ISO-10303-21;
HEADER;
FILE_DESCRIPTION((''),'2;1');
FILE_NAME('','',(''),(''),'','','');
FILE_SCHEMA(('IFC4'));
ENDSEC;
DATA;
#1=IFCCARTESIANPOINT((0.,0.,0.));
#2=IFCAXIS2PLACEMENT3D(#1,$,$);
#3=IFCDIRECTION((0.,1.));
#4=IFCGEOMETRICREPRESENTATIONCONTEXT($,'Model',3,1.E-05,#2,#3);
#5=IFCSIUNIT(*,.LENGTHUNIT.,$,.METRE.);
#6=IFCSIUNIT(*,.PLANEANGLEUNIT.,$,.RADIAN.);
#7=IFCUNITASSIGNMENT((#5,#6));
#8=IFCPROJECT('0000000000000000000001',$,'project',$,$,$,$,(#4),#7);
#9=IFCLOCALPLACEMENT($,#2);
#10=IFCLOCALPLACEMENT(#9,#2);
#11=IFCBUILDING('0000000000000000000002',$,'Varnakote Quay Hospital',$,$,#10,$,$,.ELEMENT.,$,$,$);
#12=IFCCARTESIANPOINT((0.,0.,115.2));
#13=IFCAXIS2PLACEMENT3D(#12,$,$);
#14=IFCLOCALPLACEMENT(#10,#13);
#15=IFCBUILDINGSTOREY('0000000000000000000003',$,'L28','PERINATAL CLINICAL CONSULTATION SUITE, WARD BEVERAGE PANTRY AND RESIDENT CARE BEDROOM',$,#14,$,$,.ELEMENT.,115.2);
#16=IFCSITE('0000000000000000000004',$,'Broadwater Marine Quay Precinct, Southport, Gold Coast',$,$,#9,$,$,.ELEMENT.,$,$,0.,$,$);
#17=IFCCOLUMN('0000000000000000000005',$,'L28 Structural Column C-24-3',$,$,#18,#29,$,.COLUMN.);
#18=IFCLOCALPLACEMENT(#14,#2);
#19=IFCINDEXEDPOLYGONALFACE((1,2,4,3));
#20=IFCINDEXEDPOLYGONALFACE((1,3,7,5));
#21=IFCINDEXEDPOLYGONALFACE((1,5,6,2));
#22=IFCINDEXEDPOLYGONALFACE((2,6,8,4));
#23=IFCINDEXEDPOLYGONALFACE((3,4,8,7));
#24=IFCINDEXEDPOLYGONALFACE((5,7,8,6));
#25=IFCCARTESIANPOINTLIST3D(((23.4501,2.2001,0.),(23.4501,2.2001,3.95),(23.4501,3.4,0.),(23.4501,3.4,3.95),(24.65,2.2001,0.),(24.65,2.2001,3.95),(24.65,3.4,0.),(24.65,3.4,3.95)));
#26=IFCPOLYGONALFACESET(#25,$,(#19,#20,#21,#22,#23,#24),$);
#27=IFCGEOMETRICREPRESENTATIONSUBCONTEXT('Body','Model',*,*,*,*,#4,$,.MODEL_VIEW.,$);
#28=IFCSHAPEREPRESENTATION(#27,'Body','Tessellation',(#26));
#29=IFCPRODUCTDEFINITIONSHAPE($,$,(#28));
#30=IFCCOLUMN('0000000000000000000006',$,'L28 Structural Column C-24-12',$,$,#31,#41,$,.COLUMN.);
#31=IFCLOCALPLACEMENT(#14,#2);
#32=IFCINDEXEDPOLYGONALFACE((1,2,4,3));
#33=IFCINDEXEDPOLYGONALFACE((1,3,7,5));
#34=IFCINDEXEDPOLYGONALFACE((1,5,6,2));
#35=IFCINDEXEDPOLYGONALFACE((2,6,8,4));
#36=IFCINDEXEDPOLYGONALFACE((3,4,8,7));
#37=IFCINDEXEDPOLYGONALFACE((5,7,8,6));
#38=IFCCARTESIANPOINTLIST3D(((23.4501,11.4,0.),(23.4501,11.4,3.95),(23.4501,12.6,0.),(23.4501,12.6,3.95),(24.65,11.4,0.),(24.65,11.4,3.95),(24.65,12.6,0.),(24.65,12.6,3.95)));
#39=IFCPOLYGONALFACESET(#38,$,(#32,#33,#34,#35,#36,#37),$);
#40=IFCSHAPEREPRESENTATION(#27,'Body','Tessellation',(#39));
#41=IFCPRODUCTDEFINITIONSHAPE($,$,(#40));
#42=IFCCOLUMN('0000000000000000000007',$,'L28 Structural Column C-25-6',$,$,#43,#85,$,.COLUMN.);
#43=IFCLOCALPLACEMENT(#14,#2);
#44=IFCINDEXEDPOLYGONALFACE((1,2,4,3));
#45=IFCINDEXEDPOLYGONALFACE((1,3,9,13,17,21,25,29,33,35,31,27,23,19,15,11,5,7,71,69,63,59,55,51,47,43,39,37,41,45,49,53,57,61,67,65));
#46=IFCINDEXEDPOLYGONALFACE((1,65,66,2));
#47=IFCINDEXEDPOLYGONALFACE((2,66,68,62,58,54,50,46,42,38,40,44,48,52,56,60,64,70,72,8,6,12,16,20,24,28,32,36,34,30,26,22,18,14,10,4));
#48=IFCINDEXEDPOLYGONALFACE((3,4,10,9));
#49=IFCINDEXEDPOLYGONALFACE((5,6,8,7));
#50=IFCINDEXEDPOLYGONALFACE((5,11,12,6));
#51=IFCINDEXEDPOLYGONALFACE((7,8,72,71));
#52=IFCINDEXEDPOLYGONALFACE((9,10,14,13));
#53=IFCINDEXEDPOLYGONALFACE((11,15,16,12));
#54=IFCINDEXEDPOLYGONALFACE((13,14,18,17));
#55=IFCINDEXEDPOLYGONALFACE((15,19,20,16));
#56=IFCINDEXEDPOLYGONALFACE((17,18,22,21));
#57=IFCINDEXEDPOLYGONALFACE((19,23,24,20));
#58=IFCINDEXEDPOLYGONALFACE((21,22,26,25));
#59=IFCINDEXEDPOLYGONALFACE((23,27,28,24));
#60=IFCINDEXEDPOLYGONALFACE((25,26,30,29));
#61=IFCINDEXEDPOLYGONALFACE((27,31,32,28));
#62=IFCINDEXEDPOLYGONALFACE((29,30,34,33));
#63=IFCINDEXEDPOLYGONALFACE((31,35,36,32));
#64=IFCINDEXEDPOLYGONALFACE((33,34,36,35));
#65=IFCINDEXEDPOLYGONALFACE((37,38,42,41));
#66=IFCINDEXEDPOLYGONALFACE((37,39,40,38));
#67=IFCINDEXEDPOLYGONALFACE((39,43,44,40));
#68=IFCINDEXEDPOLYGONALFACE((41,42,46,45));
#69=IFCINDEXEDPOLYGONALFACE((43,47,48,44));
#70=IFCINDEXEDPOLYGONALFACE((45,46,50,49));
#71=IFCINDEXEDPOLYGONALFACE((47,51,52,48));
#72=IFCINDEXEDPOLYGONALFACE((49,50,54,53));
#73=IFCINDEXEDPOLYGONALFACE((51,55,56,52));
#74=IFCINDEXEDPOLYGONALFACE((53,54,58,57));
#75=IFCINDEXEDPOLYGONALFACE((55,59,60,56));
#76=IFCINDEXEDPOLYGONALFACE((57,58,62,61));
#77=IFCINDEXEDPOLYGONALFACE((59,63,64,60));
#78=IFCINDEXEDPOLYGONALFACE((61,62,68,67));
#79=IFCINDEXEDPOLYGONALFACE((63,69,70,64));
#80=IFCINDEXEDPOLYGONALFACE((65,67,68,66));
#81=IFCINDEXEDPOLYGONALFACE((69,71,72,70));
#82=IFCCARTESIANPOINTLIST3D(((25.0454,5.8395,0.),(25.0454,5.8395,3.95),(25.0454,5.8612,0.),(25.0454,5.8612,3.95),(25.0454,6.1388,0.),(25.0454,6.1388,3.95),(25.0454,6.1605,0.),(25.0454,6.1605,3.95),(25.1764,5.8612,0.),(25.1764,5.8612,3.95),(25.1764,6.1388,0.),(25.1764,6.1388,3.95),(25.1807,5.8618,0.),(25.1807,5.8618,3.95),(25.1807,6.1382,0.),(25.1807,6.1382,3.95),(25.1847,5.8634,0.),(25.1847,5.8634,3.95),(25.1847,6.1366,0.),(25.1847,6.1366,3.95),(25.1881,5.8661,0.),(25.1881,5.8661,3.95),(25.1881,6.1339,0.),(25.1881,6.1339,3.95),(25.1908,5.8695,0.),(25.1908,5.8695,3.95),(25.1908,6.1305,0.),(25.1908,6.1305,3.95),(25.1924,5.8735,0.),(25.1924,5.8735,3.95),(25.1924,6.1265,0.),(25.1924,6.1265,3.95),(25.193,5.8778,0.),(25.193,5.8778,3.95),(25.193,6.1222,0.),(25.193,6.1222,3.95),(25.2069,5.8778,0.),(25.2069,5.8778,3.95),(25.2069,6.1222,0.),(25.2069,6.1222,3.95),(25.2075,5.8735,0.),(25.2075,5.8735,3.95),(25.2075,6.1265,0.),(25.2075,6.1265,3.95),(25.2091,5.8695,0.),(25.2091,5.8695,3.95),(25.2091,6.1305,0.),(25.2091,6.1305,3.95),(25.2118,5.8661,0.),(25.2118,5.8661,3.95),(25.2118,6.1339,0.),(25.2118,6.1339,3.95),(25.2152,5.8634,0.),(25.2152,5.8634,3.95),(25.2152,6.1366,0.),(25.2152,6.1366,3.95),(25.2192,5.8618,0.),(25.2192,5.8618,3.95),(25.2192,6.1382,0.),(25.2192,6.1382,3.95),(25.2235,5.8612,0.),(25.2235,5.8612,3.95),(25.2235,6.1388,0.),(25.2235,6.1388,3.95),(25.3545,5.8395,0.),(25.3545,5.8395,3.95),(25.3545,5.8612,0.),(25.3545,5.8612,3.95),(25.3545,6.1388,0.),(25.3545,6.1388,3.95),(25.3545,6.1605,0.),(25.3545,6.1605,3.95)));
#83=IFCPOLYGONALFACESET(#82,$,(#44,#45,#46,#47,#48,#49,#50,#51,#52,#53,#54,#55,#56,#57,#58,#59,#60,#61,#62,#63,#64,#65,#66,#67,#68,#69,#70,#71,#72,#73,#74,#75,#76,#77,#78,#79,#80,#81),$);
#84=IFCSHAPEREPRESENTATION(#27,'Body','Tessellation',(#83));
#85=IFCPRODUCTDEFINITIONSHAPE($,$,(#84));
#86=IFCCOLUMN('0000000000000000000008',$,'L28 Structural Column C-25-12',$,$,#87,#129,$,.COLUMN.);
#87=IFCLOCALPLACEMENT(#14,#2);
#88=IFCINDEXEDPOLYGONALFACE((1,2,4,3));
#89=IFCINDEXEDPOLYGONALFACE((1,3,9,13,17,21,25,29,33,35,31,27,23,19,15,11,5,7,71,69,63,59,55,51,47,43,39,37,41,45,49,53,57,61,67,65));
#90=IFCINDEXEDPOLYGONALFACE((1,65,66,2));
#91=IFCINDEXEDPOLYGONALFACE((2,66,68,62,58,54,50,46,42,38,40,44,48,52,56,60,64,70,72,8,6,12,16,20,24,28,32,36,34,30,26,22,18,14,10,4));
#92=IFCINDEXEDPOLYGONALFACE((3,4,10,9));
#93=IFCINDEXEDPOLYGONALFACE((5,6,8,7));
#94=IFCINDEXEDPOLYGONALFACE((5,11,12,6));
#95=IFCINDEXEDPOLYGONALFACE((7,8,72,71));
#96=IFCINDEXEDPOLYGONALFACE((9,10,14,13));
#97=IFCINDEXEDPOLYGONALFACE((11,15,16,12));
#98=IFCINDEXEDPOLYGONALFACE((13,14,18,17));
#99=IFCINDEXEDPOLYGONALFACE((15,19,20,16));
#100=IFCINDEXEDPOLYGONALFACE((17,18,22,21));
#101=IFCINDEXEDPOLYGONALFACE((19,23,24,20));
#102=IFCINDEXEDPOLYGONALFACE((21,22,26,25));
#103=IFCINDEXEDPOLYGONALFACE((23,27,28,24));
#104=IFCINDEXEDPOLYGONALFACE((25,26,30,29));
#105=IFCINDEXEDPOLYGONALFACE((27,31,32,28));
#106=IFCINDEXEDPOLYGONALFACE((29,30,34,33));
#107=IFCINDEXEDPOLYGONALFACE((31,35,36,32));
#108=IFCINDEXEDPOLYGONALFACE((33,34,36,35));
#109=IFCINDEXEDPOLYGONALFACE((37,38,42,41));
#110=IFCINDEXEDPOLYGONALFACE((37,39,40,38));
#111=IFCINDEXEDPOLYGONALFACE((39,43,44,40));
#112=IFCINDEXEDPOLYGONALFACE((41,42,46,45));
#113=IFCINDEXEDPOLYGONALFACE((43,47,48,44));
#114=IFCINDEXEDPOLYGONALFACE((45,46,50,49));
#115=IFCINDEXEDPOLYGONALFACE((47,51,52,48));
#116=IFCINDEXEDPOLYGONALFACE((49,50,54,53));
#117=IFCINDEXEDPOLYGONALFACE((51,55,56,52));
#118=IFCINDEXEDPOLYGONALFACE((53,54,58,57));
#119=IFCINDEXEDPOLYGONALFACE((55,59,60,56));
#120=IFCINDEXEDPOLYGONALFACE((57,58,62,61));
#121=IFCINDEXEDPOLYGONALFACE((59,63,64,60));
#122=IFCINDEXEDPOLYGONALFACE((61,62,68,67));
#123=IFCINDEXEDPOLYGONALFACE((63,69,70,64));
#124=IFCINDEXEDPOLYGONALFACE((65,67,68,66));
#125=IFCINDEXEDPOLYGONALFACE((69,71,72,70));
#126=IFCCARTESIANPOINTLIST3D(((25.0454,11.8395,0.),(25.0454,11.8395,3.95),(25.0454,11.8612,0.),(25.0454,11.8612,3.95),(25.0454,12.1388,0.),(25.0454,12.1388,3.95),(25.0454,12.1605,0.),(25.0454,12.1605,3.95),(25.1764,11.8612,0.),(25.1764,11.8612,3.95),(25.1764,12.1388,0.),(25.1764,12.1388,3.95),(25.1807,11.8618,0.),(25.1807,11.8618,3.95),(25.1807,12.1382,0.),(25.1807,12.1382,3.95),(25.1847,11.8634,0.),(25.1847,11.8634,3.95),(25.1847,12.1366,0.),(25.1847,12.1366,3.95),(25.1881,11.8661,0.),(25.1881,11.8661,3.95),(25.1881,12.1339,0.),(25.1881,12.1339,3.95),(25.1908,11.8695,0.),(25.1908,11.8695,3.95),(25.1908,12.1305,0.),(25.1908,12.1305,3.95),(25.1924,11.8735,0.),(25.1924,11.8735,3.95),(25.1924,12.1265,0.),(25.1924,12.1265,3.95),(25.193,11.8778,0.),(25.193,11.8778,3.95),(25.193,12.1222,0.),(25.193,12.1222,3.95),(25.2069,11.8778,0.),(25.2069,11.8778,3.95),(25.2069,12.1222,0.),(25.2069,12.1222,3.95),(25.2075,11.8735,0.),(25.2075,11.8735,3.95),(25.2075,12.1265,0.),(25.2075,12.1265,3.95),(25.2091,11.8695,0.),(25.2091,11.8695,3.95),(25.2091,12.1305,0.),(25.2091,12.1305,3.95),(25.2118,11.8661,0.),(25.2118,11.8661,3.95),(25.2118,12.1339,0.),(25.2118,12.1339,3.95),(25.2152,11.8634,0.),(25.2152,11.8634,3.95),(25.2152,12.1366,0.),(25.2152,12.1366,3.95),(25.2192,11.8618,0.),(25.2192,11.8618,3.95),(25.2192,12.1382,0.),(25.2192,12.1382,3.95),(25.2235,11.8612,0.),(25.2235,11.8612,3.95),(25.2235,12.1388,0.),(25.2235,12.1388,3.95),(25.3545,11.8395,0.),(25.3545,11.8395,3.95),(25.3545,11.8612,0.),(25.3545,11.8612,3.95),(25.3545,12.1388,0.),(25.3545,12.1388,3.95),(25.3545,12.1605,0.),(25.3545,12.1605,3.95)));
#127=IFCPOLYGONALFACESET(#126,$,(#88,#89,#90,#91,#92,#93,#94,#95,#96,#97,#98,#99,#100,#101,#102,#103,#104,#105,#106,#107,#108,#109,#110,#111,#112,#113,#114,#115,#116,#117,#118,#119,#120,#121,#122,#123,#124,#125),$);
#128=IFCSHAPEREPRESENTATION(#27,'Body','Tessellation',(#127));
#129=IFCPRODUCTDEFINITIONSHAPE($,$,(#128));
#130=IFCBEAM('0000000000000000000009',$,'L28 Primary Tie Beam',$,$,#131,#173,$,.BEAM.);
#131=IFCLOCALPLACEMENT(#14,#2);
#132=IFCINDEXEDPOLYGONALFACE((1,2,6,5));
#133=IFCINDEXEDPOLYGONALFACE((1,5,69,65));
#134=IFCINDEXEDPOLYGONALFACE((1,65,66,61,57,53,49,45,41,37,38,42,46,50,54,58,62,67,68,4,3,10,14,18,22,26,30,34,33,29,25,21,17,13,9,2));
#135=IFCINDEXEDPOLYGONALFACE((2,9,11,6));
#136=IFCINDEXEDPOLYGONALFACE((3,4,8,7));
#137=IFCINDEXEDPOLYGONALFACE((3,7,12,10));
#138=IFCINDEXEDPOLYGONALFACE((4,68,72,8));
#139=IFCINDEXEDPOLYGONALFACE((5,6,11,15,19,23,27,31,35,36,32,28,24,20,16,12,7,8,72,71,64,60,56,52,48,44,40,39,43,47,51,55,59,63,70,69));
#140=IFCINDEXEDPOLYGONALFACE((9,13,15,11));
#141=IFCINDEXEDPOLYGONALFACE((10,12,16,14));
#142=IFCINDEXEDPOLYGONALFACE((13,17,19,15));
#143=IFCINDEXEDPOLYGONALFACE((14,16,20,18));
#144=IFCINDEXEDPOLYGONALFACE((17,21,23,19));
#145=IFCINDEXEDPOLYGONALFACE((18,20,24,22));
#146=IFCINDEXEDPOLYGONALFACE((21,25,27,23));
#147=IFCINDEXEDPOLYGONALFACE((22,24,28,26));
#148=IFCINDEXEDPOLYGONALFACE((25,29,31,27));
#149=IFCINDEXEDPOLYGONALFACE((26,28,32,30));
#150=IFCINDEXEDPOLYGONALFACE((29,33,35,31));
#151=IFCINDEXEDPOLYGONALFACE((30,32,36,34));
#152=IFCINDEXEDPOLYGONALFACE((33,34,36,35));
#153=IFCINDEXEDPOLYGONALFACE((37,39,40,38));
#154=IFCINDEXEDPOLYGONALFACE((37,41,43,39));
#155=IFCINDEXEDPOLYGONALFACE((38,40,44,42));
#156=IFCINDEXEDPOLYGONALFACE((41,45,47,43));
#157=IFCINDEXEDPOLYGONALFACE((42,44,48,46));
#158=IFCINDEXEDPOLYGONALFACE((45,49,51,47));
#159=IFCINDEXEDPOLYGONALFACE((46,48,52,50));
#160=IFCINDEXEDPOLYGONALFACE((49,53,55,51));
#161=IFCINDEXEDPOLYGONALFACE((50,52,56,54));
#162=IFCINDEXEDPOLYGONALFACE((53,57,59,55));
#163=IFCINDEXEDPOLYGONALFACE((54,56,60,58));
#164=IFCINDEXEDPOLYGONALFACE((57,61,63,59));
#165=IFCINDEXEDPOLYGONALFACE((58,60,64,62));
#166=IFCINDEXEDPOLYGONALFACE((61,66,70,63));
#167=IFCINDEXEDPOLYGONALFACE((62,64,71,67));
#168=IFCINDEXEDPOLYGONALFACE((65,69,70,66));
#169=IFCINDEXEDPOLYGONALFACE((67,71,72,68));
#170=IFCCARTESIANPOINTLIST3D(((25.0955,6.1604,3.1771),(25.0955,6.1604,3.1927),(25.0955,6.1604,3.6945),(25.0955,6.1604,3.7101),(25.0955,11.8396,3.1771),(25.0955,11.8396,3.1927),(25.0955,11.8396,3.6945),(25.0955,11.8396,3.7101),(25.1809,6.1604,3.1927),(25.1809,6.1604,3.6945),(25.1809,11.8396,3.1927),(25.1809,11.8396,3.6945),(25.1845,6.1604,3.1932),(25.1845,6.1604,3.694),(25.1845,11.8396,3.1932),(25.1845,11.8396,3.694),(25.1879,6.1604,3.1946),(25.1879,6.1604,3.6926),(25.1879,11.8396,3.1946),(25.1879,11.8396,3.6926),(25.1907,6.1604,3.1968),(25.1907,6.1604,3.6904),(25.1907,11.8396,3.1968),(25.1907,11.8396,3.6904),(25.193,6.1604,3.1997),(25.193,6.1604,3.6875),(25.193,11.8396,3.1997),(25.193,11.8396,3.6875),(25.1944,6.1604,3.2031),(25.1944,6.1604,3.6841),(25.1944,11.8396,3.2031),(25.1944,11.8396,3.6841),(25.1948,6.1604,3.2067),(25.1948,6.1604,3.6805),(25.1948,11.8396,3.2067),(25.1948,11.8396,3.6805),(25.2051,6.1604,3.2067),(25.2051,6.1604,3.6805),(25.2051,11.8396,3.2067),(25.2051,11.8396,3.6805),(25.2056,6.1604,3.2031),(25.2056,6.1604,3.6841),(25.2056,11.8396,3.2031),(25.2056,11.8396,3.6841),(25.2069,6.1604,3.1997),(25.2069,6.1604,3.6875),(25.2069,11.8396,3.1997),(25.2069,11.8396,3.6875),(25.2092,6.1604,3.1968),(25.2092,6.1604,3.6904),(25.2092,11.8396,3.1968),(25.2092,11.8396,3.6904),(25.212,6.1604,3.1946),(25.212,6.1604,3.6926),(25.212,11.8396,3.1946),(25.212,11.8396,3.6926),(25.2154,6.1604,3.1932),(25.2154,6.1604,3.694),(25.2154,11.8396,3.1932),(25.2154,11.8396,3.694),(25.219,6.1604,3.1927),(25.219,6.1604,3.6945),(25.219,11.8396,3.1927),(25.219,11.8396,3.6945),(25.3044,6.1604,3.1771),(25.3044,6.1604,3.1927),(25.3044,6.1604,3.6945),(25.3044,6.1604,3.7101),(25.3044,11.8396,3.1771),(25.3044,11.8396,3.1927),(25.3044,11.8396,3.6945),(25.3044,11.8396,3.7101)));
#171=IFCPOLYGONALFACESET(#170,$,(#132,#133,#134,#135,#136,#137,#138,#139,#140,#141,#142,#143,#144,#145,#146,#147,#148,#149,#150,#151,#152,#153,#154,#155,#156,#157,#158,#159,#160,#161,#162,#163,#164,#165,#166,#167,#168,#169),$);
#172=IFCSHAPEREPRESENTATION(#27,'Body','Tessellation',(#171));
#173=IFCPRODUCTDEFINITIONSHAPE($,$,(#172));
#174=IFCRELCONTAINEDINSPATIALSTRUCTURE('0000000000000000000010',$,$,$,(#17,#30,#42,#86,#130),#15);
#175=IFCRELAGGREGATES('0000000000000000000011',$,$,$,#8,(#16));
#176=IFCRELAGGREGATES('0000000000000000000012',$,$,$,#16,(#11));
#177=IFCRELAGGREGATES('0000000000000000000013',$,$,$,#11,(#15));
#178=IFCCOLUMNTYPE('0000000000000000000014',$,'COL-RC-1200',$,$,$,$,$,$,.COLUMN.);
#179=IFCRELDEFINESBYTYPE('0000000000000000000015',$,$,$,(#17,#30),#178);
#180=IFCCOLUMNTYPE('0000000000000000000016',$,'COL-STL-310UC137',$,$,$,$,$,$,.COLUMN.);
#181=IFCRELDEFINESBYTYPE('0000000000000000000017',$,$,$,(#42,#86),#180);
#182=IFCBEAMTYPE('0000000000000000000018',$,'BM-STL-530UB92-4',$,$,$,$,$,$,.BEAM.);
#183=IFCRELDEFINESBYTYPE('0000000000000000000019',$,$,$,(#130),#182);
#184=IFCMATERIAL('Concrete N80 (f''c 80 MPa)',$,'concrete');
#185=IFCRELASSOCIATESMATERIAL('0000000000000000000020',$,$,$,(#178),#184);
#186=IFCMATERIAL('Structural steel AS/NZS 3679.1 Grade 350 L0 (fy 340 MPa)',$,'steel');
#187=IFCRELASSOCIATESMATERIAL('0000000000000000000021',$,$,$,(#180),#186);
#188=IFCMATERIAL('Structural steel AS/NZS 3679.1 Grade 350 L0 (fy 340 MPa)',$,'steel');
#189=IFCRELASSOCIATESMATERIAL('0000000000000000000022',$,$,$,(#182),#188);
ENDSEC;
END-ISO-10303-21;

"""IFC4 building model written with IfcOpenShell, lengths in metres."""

from ifc_helpers import new_model, si_unit, direction, frame, origin, origin_2d, place, context, subcontext, project, spatial, rectangle, i_section, extrude, material, material_profile, profile_set, type_object, element, save


model = new_model("IFC4")

# Units and contexts
model_context = context("Model", 3, precision=1e-05, world=origin(), true_north=direction((0.0, 1.0)))
body_context = subcontext(model_context, "Body", "Model", "MODEL_VIEW")
ifc_project = project(units=[si_unit("LENGTHUNIT", "METRE"), si_unit("PLANEANGLEUNIT", "RADIAN")], contexts=[model_context])

# Site, building, storey
site_placement = place(None, origin())
site = spatial("IfcSite", under=ifc_project, at=site_placement, Name="Broadwater Marine Quay Precinct, Southport, Gold Coast", CompositionType="ELEMENT", RefElevation=0.0)
building_placement = place(site_placement, origin())
building = spatial("IfcBuilding", under=site, at=building_placement, Name="Varnakote Quay Hospital", CompositionType="ELEMENT")
storey_placement = place(building_placement, frame((0.0, 0.0, 115.2)))
storey = spatial("IfcBuildingStorey", under=building, at=storey_placement, Name="L28", Description="PERINATAL CLINICAL CONSULTATION SUITE, WARD BEVERAGE PANTRY AND RESIDENT CARE BEDROOM", CompositionType="ELEMENT", Elevation=115.2)

# Columns
ifc_material_1 = material(Name="Concrete N80 (f'c 80 MPa)", Category="concrete")
ifc_material_profile_1 = material_profile(ifc_material_1, rectangle(XDim=1.2, YDim=1.2, at=origin_2d()), Name="RC-COL-1200x1200")
ifc_profile_set_1 = profile_set([ifc_material_profile_1], Name="Concrete N80 (f'c 80 MPa)")
column_type_1 = type_object("IfcColumnType", Name="COL-RC-1200", PredefinedType="COLUMN", material=ifc_profile_set_1)
for number, where, z_axis, x_axis, name in (
    (1, (24.05, 2.8, 0.0), (0.0, 0.0, 1.0), (1.0, 0.0, 0.0), "L28 Structural Column C-24-3"),
    (2, (24.05, 12.0, 0.0), (0.0, 0.0, 1.0), (1.0, 0.0, 0.0), "L28 Structural Column C-24-12"),
):
    element("IfcColumn", number, at=place(storey_placement, frame(where, z_axis=z_axis, x_axis=x_axis)), inside=storey, type_object=column_type_1, Name=name, PredefinedType="COLUMN", context=body_context, shape_type="SweptSolid", body=[
        extrude(rectangle(XDim=1.2, YDim=1.2, at=origin_2d()), origin(), (0.0, 0.0, 1.0), 3.95),
    ])
ifc_material_2 = material(Name="Structural steel AS/NZS 3679.1 Grade 350 L0 (fy 340 MPa)", Category="steel")
ifc_material_profile_2 = material_profile(ifc_material_2, i_section(OverallWidth=0.3091, OverallDepth=0.321, WebThickness=0.0139, FlangeThickness=0.0217, FilletRadius=0.0166, at=origin_2d()), Name="310UC137")
ifc_profile_set_2 = profile_set([ifc_material_profile_2], Name="Structural steel AS/NZS 3679.1 Grade 350 L0 (fy 340 MPa)")
column_type_2 = type_object("IfcColumnType", Name="COL-STL-310UC137", PredefinedType="COLUMN", material=ifc_profile_set_2)
for number, where, z_axis, x_axis, name in (
    (3, (25.2, 6.0, 0.0), (0.0, 0.0, 1.0), (1.0, 0.0, 0.0), "L28 Structural Column C-25-6"),
    (4, (25.2, 12.0, 0.0), (0.0, 0.0, 1.0), (1.0, 0.0, 0.0), "L28 Structural Column C-25-12"),
):
    element("IfcColumn", number, at=place(storey_placement, frame(where, z_axis=z_axis, x_axis=x_axis)), inside=storey, type_object=column_type_2, Name=name, PredefinedType="COLUMN", context=body_context, shape_type="SweptSolid", body=[
        extrude(i_section(OverallWidth=0.3091, OverallDepth=0.321, WebThickness=0.0139, FlangeThickness=0.0217, FilletRadius=0.0166, at=origin_2d()), origin(), (0.0, 0.0, 1.0), 3.95),
    ])

# Beam
ifc_material_3 = material(Name="Structural steel AS/NZS 3679.1 Grade 350 L0 (fy 340 MPa)", Category="steel")
ifc_material_profile_3 = material_profile(ifc_material_3, i_section(OverallWidth=0.209, OverallDepth=0.533, WebThickness=0.0103, FlangeThickness=0.0156, FilletRadius=0.0139, at=origin_2d()), Name="530UB92.4")
ifc_profile_set_3 = profile_set([ifc_material_profile_3], Name="Structural steel AS/NZS 3679.1 Grade 350 L0 (fy 340 MPa)")
beam_type_1 = type_object("IfcBeamType", Name="BM-STL-530UB92-4", PredefinedType="BEAM", material=ifc_profile_set_3)
beam_1_placement = place(storey_placement, frame((25.2, 6.1604, 3.4436), z_axis=(0.0, 1.0, 0.0), x_axis=(-1.0, 0.0, 0.0)))
element("IfcBeam", 5, at=beam_1_placement, inside=storey, type_object=beam_type_1, Name="L28 Primary Tie Beam", PredefinedType="BEAM", context=body_context, shape_type="SweptSolid", body=[
    extrude(i_section(OverallWidth=0.209, OverallDepth=0.533, WebThickness=0.0103, FlangeThickness=0.0156, FilletRadius=0.0139, at=origin_2d()), origin(), (0.0, 0.0, 1.0), 5.6792),
])

save(model, "model.ifc")
